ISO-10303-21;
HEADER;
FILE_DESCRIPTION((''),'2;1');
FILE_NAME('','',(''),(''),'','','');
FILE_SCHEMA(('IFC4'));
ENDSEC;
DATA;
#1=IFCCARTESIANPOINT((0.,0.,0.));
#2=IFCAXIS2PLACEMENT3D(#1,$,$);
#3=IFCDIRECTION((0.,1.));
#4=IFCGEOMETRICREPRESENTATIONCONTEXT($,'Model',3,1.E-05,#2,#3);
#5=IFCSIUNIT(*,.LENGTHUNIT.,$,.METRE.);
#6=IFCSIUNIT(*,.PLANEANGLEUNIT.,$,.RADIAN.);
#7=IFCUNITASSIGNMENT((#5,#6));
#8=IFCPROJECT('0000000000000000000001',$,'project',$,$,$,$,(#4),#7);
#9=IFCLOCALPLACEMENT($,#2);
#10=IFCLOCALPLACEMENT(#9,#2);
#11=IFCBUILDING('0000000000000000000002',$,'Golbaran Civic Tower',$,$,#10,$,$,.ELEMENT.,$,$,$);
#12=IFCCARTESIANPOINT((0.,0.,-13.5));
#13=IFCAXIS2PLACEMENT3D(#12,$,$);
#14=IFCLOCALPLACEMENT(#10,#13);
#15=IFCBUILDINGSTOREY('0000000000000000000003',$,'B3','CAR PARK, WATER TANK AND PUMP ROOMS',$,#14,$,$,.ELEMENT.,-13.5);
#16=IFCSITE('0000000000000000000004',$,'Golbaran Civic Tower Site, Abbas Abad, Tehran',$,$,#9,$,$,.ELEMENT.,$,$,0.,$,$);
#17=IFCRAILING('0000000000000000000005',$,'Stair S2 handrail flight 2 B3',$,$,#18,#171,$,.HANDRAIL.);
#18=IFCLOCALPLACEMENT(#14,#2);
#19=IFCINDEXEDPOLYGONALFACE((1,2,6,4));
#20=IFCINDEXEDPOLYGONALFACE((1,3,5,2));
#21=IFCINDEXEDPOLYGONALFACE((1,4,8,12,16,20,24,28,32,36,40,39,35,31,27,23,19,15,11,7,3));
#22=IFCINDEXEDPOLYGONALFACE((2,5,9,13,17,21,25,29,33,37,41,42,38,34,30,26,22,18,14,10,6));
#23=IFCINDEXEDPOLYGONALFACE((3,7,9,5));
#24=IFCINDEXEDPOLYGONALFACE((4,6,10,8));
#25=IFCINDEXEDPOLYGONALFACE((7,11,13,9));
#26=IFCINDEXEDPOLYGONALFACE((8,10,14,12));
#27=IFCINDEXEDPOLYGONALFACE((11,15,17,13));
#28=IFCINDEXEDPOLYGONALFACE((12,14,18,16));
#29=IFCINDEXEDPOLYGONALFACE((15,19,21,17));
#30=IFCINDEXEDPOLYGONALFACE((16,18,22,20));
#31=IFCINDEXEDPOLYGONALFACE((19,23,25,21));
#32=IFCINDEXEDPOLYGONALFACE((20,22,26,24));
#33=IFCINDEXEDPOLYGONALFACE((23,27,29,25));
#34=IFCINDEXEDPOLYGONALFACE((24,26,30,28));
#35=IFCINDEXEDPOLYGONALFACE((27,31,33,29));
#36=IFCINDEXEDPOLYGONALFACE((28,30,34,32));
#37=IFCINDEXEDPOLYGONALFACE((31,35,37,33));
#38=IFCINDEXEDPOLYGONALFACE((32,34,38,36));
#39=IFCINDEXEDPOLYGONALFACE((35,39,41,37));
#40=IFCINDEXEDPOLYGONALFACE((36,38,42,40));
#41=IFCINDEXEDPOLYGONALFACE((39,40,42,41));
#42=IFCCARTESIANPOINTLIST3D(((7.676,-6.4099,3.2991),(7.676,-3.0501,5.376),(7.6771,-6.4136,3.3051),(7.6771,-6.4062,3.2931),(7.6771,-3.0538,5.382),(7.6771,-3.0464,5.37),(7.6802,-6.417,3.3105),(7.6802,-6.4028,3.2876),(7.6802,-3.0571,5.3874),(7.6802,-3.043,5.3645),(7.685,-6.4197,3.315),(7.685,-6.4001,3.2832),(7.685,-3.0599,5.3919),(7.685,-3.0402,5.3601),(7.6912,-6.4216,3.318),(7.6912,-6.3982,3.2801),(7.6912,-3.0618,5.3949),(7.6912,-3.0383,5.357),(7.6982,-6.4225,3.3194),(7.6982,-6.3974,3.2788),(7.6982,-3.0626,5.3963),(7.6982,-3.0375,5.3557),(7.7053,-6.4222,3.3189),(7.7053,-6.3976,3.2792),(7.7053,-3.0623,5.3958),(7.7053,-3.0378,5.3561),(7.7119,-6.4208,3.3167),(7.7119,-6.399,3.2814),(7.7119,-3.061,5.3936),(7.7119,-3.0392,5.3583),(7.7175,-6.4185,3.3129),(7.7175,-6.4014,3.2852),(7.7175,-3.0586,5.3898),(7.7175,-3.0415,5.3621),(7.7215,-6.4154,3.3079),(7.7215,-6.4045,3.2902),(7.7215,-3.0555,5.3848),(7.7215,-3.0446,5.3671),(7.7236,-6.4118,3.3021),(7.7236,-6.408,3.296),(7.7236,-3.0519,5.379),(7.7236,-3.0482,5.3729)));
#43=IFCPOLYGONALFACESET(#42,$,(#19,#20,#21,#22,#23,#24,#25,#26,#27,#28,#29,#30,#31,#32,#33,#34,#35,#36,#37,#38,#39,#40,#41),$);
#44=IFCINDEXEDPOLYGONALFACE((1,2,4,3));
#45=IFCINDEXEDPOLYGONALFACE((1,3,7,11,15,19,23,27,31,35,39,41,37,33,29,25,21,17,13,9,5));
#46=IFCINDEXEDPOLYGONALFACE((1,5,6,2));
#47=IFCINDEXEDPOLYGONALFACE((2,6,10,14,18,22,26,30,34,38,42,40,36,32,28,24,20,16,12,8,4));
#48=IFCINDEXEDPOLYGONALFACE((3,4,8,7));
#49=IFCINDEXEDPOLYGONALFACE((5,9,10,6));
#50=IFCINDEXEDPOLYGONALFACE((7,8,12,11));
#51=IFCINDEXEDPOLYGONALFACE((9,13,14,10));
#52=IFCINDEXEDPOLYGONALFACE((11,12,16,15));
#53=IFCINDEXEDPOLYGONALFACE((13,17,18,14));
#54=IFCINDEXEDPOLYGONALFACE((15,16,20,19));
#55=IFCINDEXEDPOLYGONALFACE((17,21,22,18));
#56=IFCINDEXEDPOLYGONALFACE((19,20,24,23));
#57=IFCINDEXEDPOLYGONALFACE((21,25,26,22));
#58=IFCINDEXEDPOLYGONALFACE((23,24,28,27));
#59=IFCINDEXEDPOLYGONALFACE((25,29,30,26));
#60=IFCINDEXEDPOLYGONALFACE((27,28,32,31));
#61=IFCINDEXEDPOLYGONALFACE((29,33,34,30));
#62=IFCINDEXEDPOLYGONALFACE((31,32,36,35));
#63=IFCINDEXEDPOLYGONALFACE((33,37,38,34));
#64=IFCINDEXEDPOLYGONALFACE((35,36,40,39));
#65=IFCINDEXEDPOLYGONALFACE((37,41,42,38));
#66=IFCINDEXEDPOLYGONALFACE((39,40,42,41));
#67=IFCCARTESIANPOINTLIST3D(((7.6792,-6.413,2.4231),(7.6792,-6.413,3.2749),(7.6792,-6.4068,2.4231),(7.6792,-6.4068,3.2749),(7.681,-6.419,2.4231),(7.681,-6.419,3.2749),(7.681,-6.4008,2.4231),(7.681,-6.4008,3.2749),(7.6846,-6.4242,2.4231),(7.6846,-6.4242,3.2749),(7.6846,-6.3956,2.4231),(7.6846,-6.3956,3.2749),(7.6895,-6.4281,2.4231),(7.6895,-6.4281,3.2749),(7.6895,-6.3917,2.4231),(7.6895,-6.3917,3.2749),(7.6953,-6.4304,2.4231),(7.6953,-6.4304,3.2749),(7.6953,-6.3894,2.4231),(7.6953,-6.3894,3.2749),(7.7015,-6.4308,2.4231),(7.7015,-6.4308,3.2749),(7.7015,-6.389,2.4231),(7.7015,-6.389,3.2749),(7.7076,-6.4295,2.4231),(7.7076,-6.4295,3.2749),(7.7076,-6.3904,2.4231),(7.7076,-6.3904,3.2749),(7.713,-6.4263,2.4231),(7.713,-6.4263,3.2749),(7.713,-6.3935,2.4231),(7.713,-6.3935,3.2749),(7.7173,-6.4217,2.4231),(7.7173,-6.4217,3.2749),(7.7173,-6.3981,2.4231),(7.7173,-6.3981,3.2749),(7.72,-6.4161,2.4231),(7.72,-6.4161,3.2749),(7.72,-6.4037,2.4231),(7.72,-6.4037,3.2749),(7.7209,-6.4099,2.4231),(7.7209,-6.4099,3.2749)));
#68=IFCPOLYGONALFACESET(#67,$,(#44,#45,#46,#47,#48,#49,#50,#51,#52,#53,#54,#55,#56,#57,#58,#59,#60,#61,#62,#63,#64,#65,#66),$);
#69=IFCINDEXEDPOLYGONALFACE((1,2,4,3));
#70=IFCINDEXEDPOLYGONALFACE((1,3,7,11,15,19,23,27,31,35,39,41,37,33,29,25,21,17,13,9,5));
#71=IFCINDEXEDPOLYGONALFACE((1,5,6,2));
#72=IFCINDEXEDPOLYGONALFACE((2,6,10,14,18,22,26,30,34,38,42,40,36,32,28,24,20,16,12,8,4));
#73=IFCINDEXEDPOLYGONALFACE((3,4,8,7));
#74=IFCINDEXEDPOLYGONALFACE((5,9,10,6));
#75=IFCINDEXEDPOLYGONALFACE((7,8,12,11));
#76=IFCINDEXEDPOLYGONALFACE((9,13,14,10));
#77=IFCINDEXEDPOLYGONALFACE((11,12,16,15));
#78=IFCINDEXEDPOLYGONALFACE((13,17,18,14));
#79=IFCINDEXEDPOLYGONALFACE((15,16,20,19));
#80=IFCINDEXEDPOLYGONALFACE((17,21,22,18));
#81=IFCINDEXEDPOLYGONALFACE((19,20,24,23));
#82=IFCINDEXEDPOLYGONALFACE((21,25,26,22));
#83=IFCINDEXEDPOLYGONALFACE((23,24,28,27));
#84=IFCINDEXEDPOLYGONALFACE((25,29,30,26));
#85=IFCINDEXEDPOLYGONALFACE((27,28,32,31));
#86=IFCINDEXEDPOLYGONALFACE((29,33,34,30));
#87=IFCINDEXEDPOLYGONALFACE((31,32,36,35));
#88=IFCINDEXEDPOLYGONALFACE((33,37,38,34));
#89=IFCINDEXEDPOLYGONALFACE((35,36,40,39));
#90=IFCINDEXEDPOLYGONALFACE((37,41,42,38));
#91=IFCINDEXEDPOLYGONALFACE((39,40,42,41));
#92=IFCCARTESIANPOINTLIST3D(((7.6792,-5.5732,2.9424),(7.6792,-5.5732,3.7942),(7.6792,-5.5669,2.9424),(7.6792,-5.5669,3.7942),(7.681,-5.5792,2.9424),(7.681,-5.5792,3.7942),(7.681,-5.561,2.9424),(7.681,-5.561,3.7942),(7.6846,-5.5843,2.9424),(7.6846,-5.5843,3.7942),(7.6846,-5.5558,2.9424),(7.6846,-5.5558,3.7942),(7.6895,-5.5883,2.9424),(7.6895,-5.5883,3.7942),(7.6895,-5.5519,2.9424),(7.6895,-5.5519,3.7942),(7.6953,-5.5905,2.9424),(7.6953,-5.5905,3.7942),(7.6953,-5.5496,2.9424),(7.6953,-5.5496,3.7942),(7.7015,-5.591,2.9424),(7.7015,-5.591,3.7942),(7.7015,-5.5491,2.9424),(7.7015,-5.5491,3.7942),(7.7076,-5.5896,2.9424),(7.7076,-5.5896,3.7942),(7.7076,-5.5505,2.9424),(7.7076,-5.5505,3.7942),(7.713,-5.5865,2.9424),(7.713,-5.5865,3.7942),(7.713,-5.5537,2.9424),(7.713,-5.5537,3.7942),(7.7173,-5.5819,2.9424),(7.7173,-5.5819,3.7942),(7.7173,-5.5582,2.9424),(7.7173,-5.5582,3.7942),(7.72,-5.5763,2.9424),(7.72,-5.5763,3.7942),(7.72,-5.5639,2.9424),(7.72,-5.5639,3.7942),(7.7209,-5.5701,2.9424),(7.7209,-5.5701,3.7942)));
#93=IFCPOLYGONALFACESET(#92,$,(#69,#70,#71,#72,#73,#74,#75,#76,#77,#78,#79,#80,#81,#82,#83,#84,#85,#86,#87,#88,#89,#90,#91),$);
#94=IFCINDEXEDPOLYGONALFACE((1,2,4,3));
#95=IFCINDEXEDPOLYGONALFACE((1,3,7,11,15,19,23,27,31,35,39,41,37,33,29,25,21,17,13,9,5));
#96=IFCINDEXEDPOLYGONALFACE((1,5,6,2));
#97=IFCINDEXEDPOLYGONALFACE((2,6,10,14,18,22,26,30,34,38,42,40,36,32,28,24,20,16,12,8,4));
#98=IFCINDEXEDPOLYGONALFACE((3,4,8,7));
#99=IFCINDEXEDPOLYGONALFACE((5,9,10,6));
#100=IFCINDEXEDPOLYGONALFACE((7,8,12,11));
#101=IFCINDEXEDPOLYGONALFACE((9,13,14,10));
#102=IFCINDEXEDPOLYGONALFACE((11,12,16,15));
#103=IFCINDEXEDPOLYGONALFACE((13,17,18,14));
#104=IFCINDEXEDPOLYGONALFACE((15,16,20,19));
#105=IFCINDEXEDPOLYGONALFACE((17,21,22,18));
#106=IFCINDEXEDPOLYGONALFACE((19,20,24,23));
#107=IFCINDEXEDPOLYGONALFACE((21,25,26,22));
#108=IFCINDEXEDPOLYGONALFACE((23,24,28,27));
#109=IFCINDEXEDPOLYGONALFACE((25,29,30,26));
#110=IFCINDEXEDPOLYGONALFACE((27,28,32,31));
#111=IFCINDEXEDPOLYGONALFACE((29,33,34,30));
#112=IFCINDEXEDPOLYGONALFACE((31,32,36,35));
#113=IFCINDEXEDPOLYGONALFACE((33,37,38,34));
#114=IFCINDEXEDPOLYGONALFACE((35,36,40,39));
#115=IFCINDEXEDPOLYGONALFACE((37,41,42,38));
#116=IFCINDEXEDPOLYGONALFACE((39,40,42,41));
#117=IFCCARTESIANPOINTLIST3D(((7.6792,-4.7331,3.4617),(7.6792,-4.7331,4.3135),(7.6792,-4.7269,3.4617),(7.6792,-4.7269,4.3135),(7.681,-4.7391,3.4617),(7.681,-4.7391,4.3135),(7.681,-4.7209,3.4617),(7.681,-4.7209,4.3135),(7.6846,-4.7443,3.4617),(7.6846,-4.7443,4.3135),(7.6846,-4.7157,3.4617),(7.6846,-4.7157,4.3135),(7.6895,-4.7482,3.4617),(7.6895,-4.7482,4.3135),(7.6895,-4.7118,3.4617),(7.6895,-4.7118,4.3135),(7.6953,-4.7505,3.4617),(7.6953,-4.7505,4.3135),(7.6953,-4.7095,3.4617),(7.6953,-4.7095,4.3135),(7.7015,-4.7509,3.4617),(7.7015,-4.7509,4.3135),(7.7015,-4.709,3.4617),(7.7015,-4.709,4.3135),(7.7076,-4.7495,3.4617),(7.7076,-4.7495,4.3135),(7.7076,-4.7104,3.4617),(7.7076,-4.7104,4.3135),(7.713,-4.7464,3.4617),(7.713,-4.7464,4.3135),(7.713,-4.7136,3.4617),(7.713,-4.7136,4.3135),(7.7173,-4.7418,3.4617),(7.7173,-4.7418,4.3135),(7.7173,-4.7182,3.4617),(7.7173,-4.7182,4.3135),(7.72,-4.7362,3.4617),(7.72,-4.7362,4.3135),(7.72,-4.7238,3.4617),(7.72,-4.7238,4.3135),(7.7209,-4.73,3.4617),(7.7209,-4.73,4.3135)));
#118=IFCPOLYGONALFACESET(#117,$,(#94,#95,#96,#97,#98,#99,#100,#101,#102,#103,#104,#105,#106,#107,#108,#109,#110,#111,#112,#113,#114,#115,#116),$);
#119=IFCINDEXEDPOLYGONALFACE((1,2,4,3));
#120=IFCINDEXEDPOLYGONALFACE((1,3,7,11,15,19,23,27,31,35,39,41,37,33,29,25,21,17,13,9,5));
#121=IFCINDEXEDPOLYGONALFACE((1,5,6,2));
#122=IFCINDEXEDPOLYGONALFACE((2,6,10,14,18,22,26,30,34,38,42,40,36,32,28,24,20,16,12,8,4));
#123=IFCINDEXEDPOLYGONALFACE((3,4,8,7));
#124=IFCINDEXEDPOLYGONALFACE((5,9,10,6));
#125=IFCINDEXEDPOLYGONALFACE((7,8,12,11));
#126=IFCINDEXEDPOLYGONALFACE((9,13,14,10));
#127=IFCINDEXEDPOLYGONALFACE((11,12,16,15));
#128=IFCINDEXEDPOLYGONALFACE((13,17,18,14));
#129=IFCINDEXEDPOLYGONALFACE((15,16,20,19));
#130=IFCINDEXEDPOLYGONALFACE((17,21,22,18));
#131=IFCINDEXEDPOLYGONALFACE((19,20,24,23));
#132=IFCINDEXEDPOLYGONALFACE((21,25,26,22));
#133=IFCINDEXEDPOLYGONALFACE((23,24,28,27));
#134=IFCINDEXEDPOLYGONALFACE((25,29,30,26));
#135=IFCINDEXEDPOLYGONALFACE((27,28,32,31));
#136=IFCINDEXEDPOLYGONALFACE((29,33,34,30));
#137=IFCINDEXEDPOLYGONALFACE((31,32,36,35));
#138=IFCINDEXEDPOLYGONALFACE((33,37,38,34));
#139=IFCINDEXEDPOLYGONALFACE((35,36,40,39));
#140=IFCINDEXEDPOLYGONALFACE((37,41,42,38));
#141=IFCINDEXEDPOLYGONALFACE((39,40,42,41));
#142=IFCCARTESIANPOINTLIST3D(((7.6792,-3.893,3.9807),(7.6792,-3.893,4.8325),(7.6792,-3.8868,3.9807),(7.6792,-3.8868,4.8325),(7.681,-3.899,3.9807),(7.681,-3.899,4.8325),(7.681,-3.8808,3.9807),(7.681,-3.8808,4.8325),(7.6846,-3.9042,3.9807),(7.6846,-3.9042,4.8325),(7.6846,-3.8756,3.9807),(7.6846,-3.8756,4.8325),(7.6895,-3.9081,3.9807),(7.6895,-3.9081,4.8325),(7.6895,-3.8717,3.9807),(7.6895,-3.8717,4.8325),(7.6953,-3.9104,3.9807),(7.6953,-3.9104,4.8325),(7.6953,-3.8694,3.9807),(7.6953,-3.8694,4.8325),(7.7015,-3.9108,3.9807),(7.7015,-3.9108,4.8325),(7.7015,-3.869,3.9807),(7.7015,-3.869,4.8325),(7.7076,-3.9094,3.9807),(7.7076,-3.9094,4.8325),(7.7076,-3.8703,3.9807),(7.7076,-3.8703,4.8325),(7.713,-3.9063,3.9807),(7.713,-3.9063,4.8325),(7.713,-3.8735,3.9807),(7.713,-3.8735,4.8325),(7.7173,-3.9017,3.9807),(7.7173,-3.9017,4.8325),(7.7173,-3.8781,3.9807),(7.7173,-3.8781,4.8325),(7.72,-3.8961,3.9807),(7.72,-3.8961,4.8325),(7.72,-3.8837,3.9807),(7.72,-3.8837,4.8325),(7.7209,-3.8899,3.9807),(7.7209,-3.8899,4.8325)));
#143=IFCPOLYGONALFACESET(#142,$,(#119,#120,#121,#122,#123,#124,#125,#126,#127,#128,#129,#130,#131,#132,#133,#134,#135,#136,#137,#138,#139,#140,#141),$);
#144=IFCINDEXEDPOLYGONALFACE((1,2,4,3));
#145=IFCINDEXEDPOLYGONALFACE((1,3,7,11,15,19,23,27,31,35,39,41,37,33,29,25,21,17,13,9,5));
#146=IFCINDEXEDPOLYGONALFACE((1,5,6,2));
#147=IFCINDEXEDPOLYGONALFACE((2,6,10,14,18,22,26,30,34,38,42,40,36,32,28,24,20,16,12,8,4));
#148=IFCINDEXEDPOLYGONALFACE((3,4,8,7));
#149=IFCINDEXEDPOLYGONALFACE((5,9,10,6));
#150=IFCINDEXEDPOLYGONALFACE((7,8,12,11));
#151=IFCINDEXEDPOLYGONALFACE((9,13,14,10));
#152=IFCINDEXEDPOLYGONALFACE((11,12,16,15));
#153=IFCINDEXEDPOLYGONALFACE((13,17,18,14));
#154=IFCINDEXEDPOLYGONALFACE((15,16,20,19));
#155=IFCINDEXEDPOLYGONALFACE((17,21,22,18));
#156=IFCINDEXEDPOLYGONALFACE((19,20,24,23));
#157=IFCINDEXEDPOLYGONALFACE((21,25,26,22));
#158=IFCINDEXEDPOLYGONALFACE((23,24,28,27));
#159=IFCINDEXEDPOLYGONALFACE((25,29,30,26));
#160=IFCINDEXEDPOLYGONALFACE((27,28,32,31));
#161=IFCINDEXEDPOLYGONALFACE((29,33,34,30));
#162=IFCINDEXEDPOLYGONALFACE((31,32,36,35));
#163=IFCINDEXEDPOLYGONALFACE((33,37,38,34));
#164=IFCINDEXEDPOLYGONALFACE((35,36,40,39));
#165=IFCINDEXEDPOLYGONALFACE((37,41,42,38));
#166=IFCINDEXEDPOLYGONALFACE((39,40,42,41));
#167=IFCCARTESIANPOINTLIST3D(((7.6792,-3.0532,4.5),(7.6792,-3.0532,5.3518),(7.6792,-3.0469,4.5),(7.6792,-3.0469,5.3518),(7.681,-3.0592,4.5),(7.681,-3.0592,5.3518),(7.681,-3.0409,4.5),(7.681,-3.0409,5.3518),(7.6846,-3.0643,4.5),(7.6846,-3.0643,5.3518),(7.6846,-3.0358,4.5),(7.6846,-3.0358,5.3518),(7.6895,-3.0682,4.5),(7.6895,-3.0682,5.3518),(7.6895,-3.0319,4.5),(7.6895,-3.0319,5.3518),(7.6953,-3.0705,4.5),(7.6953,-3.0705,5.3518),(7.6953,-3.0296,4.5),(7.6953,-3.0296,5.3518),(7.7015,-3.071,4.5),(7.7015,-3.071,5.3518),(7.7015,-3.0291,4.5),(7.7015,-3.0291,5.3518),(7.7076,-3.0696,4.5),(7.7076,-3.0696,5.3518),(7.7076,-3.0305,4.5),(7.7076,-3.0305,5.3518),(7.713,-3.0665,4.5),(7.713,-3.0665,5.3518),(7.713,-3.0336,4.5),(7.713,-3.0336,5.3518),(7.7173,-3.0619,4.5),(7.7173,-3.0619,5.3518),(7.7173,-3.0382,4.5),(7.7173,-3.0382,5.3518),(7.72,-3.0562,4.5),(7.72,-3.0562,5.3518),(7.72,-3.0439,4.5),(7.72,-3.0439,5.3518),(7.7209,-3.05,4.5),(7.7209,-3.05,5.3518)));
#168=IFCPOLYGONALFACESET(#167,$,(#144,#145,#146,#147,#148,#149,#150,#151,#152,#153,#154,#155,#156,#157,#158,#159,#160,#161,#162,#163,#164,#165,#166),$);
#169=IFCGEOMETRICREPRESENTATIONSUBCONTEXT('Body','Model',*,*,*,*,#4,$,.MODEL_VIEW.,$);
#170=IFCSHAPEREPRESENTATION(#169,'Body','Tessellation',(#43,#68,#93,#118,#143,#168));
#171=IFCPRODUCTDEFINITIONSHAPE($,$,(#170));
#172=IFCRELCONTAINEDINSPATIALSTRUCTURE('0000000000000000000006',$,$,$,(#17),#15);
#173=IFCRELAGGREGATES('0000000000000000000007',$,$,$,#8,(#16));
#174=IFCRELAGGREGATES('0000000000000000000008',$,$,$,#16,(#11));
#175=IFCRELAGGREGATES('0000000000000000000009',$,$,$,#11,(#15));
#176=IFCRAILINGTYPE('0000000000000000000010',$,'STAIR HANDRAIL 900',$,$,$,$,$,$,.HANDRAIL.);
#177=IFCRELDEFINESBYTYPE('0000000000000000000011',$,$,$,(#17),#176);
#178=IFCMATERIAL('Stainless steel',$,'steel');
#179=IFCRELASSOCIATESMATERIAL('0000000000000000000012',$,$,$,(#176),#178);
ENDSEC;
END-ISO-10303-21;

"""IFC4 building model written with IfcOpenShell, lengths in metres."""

from ifc_helpers import new_model, si_unit, direction, frame, origin, origin_2d, place, context, subcontext, project, spatial, circle, extrude, material, type_object, element, save


model = new_model("IFC4")

# Units and contexts
model_context = context("Model", 3, precision=1e-05, world=origin(), true_north=direction((0.0, 1.0)))
body_context = subcontext(model_context, "Body", "Model", "MODEL_VIEW")
ifc_project = project(units=[si_unit("LENGTHUNIT", "METRE"), si_unit("PLANEANGLEUNIT", "RADIAN")], contexts=[model_context])

# Site, building, storey
site_placement = place(None, origin())
site = spatial("IfcSite", under=ifc_project, at=site_placement, Name="Golbaran Civic Tower Site, Abbas Abad, Tehran", CompositionType="ELEMENT", RefElevation=0.0)
building_placement = place(site_placement, origin())
building = spatial("IfcBuilding", under=site, at=building_placement, Name="Golbaran Civic Tower", CompositionType="ELEMENT")
storey_placement = place(building_placement, frame((0.0, 0.0, -13.5)))
storey = spatial("IfcBuildingStorey", under=building, at=storey_placement, Name="B3", Description="CAR PARK, WATER TANK AND PUMP ROOMS", CompositionType="ELEMENT", Elevation=-13.5)

# Railing
ifc_material_1 = material(Name="Stainless steel", Category="steel")
railing_type = type_object("IfcRailingType", Name="STAIR HANDRAIL 900", PredefinedType="HANDRAIL", material=ifc_material_1)
railing_1_placement = place(storey_placement, frame((7.7, -6.4099, 2.4231)))
element("IfcRailing", 1, at=railing_1_placement, inside=storey, type_object=railing_type, Name="Stair S2 handrail flight 2 B3", PredefinedType="HANDRAIL", context=body_context, shape_type="SweptSolid", body=[
    extrude(circle(Radius=0.0239, at=origin_2d()), frame((0.0, 0.0, 0.876), z_axis=(0.0, 0.850606, 0.525803), x_axis=(-1.0, 0.0, 0.0)), (0.0, 0.0, 1.0), 3.95),
    extrude(circle(Radius=0.021, at=origin_2d()), origin(), (0.0, 0.0, 1.0), 0.8518),
    extrude(circle(Radius=0.021, at=origin_2d()), frame((0.0, 0.8398, 0.5193)), (0.0, 0.0, 1.0), 0.8518),
    extrude(circle(Radius=0.021, at=origin_2d()), frame((0.0, 1.6799, 1.0386)), (0.0, 0.0, 1.0), 0.8518),
    extrude(circle(Radius=0.021, at=origin_2d()), frame((0.0, 2.52, 1.5576)), (0.0, 0.0, 1.0), 0.8518),
    extrude(circle(Radius=0.021, at=origin_2d()), frame((0.0, 3.3599, 2.0769)), (0.0, 0.0, 1.0), 0.8518),
])

save(model, "model.ifc")
